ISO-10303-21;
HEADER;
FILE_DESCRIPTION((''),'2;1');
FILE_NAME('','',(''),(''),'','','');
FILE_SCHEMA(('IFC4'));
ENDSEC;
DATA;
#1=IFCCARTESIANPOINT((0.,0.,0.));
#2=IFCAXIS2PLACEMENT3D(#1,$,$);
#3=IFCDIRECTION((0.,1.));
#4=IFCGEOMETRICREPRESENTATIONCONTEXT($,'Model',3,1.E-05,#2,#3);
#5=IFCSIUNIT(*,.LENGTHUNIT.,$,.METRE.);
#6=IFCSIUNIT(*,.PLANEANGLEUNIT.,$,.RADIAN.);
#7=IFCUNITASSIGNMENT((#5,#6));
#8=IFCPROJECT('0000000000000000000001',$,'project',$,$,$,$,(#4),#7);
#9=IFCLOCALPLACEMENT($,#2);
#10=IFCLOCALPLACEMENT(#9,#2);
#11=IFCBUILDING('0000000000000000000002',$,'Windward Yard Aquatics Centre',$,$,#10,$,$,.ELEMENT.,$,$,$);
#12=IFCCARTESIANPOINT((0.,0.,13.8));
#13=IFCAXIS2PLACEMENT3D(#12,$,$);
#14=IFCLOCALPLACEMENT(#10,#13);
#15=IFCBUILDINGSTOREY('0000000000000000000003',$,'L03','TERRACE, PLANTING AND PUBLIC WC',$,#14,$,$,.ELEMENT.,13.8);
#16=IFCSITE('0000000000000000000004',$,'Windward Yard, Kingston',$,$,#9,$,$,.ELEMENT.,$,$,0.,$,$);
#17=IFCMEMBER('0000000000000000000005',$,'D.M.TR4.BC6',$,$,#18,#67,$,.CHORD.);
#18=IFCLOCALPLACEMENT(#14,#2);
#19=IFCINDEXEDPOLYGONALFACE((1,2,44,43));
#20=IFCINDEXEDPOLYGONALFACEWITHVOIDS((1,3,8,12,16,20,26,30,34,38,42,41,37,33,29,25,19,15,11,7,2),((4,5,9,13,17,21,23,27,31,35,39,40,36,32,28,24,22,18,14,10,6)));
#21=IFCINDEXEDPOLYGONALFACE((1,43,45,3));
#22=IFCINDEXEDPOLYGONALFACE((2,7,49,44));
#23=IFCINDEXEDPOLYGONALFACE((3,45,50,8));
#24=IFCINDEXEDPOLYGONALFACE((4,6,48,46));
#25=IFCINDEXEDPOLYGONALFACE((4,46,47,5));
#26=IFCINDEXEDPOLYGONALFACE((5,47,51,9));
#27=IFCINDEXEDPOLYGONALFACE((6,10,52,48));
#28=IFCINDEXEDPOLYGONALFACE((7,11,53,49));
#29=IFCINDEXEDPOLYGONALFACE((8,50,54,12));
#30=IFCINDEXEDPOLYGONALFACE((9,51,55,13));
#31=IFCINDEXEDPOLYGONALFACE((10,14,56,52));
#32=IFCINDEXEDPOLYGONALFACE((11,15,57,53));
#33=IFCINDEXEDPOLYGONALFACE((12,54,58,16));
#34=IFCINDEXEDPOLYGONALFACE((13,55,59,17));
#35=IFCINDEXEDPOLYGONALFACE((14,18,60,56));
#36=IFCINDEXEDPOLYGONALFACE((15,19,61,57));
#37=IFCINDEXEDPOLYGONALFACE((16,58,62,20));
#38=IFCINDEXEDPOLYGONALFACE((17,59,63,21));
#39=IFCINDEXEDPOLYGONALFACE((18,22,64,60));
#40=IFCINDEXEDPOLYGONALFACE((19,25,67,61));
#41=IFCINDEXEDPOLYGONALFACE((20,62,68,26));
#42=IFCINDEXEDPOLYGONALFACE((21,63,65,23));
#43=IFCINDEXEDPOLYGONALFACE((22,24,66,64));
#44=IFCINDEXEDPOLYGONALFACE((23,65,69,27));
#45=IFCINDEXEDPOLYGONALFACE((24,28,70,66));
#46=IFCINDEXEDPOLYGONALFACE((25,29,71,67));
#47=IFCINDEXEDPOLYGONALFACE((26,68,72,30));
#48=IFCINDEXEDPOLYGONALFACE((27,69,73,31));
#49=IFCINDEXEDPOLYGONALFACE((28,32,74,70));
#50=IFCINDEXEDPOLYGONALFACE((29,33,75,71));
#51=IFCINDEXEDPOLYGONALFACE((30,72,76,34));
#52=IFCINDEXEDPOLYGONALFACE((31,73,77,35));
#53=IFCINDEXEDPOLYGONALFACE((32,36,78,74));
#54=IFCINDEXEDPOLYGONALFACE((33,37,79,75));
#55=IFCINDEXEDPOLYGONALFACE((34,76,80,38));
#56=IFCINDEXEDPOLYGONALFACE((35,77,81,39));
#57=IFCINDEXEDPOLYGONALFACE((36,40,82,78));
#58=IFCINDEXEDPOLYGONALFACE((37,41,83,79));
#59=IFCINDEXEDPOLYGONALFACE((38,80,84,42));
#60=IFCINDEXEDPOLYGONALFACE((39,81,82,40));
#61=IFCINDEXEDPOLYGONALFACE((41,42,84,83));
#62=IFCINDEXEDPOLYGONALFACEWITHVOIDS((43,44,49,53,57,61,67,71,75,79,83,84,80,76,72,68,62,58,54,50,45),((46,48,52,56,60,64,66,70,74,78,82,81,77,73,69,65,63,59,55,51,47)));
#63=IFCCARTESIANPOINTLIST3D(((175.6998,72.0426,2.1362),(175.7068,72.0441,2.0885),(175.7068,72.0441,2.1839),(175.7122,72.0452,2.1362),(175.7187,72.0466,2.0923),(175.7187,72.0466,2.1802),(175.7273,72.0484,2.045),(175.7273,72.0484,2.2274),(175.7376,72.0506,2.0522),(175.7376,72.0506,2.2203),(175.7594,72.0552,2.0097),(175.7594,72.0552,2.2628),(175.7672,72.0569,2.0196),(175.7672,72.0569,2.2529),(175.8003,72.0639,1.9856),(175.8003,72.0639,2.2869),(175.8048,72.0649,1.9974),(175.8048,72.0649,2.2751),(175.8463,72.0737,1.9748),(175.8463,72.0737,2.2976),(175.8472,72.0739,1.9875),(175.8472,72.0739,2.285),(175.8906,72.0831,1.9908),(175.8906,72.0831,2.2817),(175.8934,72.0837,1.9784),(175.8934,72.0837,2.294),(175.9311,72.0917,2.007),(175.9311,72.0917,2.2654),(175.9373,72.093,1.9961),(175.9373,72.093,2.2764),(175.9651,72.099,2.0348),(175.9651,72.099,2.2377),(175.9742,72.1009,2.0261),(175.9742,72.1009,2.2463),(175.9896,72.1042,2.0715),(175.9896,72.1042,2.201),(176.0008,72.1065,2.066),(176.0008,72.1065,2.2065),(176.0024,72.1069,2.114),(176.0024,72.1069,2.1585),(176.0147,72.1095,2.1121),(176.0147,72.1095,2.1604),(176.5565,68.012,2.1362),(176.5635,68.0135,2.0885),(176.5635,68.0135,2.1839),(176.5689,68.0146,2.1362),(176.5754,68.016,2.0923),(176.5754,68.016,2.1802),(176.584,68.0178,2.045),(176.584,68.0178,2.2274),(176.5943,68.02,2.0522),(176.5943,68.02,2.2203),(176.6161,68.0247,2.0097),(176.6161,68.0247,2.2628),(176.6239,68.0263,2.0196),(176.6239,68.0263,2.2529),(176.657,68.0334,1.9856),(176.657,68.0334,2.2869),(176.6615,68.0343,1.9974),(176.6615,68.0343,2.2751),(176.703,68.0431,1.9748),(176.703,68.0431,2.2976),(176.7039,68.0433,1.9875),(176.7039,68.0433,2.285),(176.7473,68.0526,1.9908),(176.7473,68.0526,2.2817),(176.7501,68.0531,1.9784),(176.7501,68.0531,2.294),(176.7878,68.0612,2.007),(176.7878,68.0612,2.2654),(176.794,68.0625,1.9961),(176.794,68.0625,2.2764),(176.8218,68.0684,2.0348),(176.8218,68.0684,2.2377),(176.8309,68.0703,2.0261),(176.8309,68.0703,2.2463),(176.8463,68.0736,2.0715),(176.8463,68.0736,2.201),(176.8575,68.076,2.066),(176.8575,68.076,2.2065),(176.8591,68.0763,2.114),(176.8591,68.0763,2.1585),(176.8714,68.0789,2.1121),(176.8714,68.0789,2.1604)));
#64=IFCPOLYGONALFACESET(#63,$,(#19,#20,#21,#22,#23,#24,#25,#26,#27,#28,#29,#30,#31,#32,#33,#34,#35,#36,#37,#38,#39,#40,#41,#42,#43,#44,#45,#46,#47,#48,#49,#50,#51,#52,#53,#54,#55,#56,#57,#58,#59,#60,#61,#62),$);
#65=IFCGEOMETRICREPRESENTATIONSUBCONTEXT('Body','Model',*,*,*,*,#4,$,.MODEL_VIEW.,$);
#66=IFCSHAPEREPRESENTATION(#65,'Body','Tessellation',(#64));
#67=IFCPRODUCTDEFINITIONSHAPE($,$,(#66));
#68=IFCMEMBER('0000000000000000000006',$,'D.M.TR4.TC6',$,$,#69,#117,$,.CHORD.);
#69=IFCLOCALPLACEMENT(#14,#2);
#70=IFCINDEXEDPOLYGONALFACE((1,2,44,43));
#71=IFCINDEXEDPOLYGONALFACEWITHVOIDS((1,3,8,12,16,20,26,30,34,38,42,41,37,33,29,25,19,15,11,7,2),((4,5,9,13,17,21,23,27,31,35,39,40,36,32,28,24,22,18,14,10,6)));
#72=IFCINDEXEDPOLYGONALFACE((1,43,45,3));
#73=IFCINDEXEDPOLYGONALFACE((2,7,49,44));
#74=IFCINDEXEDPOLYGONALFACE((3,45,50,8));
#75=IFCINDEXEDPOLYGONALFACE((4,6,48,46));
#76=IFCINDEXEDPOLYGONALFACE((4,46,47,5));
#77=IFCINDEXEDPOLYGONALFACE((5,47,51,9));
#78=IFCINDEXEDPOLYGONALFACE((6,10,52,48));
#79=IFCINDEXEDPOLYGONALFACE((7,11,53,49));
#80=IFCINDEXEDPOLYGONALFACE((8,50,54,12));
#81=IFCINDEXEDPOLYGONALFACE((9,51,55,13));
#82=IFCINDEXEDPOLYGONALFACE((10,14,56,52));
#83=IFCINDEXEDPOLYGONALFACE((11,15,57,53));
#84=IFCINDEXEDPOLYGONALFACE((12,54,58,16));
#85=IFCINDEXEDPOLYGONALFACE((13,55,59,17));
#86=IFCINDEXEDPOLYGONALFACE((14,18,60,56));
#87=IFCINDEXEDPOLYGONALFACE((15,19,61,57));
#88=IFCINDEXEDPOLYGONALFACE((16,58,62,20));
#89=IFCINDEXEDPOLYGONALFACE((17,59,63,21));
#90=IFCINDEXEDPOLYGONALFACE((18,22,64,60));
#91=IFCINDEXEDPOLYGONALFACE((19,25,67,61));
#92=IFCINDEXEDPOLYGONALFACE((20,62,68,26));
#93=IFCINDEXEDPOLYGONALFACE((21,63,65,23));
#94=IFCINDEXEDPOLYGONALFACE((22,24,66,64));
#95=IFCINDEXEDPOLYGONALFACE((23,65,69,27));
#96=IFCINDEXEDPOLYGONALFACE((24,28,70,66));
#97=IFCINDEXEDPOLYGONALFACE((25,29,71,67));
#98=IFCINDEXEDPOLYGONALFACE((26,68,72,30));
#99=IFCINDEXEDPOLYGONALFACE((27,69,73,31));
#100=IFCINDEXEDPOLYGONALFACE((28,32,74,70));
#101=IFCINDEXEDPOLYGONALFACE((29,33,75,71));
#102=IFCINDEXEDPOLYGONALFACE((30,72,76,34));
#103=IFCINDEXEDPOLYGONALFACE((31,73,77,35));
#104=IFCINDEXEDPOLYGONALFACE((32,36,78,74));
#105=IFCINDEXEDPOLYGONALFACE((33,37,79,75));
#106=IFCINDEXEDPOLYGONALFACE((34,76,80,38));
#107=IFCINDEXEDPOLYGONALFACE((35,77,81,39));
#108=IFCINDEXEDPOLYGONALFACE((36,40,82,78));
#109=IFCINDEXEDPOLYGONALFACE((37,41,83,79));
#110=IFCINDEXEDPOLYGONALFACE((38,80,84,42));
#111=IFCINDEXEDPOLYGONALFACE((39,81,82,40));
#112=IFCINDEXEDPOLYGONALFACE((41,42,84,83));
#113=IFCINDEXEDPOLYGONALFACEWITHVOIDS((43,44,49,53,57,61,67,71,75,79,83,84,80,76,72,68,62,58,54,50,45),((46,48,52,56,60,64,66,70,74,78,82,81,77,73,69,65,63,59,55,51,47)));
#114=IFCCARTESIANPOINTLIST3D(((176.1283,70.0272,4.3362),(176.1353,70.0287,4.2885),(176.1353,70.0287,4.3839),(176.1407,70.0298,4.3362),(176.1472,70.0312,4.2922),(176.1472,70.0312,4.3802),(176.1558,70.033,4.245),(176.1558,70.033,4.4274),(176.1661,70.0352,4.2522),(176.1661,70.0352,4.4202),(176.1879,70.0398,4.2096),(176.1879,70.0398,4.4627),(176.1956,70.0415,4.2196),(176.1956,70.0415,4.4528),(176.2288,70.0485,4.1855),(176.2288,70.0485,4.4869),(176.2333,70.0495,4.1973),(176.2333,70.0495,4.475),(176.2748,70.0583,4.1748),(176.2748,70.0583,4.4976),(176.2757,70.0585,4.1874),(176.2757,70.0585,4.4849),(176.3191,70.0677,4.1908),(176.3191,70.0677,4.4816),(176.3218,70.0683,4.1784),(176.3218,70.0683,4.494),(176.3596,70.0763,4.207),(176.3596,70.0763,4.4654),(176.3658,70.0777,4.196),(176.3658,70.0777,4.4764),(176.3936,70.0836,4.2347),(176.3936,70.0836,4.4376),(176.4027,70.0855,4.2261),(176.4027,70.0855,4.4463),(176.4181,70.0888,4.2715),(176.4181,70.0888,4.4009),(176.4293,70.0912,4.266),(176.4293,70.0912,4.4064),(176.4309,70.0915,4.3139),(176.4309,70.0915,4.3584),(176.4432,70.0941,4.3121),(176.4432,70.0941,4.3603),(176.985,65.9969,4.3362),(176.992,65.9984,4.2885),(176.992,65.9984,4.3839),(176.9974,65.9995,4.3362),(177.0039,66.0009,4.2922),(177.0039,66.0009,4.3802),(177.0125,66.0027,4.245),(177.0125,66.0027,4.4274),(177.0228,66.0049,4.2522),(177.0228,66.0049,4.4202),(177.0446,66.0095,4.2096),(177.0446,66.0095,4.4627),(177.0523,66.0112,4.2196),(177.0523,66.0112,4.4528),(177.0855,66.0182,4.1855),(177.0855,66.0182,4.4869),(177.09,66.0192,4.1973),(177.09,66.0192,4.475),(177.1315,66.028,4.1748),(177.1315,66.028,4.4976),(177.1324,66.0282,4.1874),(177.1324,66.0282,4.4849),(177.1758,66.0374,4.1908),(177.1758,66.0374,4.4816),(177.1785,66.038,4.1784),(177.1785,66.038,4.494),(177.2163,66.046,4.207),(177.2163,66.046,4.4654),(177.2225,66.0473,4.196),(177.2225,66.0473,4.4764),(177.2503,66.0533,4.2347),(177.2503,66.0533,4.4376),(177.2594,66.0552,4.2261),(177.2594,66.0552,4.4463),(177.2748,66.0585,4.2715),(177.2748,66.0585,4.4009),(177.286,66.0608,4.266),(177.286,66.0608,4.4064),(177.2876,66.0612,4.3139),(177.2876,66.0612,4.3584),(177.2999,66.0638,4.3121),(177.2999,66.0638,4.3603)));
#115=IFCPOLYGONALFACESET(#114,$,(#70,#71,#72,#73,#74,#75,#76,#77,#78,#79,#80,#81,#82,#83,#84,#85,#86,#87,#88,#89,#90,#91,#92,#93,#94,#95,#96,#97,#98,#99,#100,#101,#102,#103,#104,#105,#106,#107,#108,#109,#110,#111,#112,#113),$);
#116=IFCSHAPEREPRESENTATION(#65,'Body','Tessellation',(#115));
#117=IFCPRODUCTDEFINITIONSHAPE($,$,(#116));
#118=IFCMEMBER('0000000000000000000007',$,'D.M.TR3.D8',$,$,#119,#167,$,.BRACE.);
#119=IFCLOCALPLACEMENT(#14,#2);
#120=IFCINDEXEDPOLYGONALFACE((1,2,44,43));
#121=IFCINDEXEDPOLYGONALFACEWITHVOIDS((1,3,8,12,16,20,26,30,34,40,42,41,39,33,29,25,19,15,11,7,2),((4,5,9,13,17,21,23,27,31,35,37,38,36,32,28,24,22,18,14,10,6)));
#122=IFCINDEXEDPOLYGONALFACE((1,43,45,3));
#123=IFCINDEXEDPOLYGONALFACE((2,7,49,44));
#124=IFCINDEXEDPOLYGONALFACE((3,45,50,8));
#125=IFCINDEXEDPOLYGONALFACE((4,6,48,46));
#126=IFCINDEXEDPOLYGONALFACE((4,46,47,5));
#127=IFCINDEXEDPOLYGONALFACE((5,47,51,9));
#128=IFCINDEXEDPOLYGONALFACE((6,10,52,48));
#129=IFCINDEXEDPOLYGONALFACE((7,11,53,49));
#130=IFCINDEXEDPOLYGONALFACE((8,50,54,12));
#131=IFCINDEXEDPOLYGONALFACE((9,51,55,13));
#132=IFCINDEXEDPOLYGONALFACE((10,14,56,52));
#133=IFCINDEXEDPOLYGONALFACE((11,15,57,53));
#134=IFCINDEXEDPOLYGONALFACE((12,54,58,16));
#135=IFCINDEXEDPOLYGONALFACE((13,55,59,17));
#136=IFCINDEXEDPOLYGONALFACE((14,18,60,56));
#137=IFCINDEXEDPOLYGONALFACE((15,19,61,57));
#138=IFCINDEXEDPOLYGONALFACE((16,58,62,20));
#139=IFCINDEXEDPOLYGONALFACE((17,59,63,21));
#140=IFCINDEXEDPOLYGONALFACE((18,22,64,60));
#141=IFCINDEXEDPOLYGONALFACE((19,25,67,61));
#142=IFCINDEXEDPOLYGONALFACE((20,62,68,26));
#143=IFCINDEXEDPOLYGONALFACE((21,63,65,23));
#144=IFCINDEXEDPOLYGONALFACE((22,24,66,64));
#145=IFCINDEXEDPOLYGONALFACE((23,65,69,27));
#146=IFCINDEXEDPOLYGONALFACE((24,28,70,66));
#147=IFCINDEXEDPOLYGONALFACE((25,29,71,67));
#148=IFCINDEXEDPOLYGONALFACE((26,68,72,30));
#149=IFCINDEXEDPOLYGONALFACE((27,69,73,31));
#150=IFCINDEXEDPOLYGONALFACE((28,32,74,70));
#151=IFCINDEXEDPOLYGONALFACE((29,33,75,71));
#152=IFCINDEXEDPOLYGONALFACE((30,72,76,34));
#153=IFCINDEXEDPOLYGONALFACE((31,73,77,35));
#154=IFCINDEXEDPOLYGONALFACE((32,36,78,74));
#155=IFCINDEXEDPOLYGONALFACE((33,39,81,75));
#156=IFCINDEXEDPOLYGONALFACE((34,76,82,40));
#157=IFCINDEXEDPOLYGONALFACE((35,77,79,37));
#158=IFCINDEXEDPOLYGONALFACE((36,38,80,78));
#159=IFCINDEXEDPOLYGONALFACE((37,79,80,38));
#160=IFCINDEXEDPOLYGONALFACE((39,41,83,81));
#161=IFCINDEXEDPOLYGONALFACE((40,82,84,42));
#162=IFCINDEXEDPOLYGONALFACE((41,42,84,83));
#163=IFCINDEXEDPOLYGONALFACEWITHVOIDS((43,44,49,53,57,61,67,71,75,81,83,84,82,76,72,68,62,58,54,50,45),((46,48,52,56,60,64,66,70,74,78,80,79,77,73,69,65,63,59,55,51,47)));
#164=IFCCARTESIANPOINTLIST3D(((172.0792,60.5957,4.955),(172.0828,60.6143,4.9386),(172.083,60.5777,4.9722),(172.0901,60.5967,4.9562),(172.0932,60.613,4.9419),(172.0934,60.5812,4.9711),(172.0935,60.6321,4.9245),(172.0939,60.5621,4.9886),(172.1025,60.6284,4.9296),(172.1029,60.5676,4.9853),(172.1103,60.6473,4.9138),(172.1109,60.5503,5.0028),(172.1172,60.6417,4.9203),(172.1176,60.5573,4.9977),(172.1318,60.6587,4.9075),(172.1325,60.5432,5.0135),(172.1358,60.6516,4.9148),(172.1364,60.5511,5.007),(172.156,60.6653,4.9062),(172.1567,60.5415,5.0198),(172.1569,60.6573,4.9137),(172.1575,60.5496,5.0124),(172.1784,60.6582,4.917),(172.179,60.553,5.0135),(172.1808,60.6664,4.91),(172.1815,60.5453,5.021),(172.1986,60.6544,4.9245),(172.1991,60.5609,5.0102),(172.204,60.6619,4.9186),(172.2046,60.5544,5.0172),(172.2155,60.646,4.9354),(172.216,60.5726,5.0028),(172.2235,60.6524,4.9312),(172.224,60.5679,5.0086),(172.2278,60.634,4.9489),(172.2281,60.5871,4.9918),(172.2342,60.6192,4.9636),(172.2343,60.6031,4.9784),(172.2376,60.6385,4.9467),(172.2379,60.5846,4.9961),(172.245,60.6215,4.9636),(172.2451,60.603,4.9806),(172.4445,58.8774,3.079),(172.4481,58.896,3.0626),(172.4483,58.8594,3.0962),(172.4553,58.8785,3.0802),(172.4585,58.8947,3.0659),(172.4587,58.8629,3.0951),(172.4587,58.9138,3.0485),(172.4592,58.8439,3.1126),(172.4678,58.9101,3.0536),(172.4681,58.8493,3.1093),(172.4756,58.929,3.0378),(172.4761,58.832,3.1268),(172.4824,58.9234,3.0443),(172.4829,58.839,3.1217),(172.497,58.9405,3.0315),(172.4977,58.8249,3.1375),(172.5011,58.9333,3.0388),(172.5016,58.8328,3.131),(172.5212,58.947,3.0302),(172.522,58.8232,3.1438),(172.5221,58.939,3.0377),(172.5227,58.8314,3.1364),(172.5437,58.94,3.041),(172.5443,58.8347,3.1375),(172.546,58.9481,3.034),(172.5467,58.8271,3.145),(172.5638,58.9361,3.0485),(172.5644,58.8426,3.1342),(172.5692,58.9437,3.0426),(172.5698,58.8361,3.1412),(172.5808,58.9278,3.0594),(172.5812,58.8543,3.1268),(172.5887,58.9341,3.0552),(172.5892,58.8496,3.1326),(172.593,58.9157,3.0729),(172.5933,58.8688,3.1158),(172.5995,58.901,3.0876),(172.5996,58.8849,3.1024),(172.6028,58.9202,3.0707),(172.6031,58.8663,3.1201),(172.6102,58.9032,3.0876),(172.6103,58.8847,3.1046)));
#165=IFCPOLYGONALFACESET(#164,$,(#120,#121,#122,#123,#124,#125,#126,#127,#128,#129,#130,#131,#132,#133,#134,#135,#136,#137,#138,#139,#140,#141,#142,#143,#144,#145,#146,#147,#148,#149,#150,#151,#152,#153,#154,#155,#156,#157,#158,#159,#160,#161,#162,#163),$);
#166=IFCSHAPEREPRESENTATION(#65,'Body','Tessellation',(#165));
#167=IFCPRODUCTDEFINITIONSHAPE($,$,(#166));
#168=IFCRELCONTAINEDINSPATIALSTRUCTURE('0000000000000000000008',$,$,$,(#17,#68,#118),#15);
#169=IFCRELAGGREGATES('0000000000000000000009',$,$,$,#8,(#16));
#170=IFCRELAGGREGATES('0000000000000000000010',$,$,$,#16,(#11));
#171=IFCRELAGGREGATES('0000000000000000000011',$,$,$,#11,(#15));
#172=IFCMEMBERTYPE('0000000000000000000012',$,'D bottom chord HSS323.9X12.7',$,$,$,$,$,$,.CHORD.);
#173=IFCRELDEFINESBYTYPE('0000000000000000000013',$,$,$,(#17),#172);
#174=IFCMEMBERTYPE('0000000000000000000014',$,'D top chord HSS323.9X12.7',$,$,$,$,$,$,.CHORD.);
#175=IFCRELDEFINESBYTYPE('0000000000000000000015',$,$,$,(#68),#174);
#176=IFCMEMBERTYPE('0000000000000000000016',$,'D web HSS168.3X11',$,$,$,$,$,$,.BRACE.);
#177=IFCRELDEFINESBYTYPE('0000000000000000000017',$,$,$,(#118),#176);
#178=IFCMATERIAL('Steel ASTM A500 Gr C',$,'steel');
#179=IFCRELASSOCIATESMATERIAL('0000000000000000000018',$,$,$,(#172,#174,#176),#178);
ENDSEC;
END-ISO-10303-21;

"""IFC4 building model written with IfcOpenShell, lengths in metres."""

from ifc_helpers import new_model, si_unit, direction, frame, origin, origin_2d, place, context, subcontext, project, spatial, hollow_circle, extrude, material, material_profile, profile_set, type_object, element, save


model = new_model("IFC4")

# Units and contexts
model_context = context("Model", 3, precision=1e-05, world=origin(), true_north=direction((0.0, 1.0)))
body_context = subcontext(model_context, "Body", "Model", "MODEL_VIEW")
ifc_project = project(units=[si_unit("LENGTHUNIT", "METRE"), si_unit("PLANEANGLEUNIT", "RADIAN")], contexts=[model_context])

# Site, building, storey
site_placement = place(None, origin())
site = spatial("IfcSite", under=ifc_project, at=site_placement, Name="Windward Yard, Kingston", CompositionType="ELEMENT", RefElevation=0.0)
building_placement = place(site_placement, origin())
building = spatial("IfcBuilding", under=site, at=building_placement, Name="Windward Yard Aquatics Centre", CompositionType="ELEMENT")
storey_placement = place(building_placement, frame((0.0, 0.0, 13.8)))
storey = spatial("IfcBuildingStorey", under=building, at=storey_placement, Name="L03", Description="TERRACE, PLANTING AND PUBLIC WC", CompositionType="ELEMENT", Elevation=13.8)

# Members
ifc_material_1 = material(Name="Steel ASTM A500 Gr C", Category="steel")
ifc_material_profile_1 = material_profile(ifc_material_1, hollow_circle(Radius=0.1619, WallThickness=0.0127, at=origin_2d()), Name="HSS323.9X12.7")
ifc_profile_set_1 = profile_set([ifc_material_profile_1], Name="Steel ASTM A500 Gr C")
member_type_1 = type_object("IfcMemberType", Name="D bottom chord HSS323.9X12.7", PredefinedType="CHORD", material=ifc_profile_set_1)
for number, where, z_axis, x_axis, name in (
    (1, (176.7148, 68.0457, 2.1362), (-0.207906, 0.978149, 0.0), (-0.978149, -0.207906, 0.0), "D.M.TR4.BC6"),
):
    element("IfcMember", number, at=place(storey_placement, frame(where, z_axis=z_axis, x_axis=x_axis)), inside=storey, type_object=member_type_1, Name=name, PredefinedType="CHORD", context=body_context, shape_type="SweptSolid", body=[
        extrude(hollow_circle(Radius=0.1619, WallThickness=0.0127, at=origin_2d()), origin(), (0.0, 0.0, 1.0), 4.1206),
    ])
ifc_material_profile_2 = material_profile(ifc_material_1, hollow_circle(Radius=0.1619, WallThickness=0.0127, at=origin_2d()), Name="HSS323.9X12.7")
ifc_profile_set_2 = profile_set([ifc_material_profile_2], Name="Steel ASTM A500 Gr C")
member_type_2 = type_object("IfcMemberType", Name="D top chord HSS323.9X12.7", PredefinedType="CHORD", material=ifc_profile_set_2)
member_1_placement = place(storey_placement, frame((177.1433, 66.0305, 4.3362), z_axis=(-0.207918, 0.978146, 0.0), x_axis=(-0.978146, -0.207918, 0.0)))
element("IfcMember", 2, at=member_1_placement, inside=storey, type_object=member_type_2, Name="D.M.TR4.TC6", PredefinedType="CHORD", context=body_context, shape_type="SweptSolid", body=[
    extrude(hollow_circle(Radius=0.1619, WallThickness=0.0127, at=origin_2d()), origin(), (0.0, 0.0, 1.0), 4.1204),
])
ifc_material_profile_3 = material_profile(ifc_material_1, hollow_circle(Radius=0.0842, WallThickness=0.011, at=origin_2d()), Name="HSS168.3X11")
ifc_profile_set_3 = profile_set([ifc_material_profile_3], Name="Steel ASTM A500 Gr C")
member_type_3 = type_object("IfcMemberType", Name="D web HSS168.3X11", PredefinedType="BRACE", material=ifc_profile_set_3)
member_2_placement = place(storey_placement, frame((172.1626, 60.604, 4.9636), z_axis=(0.142112, -0.668574, -0.729941), x_axis=(0.978147, 0.207915, 0.0)))
element("IfcMember", 3, at=member_2_placement, inside=storey, type_object=member_type_3, Name="D.M.TR3.D8", PredefinedType="BRACE", context=body_context, shape_type="SweptSolid", body=[
    extrude(hollow_circle(Radius=0.0842, WallThickness=0.011, at=origin_2d()), origin(), (0.0, 0.0, 1.0), 2.5701),
])

save(model, "model.ifc")
